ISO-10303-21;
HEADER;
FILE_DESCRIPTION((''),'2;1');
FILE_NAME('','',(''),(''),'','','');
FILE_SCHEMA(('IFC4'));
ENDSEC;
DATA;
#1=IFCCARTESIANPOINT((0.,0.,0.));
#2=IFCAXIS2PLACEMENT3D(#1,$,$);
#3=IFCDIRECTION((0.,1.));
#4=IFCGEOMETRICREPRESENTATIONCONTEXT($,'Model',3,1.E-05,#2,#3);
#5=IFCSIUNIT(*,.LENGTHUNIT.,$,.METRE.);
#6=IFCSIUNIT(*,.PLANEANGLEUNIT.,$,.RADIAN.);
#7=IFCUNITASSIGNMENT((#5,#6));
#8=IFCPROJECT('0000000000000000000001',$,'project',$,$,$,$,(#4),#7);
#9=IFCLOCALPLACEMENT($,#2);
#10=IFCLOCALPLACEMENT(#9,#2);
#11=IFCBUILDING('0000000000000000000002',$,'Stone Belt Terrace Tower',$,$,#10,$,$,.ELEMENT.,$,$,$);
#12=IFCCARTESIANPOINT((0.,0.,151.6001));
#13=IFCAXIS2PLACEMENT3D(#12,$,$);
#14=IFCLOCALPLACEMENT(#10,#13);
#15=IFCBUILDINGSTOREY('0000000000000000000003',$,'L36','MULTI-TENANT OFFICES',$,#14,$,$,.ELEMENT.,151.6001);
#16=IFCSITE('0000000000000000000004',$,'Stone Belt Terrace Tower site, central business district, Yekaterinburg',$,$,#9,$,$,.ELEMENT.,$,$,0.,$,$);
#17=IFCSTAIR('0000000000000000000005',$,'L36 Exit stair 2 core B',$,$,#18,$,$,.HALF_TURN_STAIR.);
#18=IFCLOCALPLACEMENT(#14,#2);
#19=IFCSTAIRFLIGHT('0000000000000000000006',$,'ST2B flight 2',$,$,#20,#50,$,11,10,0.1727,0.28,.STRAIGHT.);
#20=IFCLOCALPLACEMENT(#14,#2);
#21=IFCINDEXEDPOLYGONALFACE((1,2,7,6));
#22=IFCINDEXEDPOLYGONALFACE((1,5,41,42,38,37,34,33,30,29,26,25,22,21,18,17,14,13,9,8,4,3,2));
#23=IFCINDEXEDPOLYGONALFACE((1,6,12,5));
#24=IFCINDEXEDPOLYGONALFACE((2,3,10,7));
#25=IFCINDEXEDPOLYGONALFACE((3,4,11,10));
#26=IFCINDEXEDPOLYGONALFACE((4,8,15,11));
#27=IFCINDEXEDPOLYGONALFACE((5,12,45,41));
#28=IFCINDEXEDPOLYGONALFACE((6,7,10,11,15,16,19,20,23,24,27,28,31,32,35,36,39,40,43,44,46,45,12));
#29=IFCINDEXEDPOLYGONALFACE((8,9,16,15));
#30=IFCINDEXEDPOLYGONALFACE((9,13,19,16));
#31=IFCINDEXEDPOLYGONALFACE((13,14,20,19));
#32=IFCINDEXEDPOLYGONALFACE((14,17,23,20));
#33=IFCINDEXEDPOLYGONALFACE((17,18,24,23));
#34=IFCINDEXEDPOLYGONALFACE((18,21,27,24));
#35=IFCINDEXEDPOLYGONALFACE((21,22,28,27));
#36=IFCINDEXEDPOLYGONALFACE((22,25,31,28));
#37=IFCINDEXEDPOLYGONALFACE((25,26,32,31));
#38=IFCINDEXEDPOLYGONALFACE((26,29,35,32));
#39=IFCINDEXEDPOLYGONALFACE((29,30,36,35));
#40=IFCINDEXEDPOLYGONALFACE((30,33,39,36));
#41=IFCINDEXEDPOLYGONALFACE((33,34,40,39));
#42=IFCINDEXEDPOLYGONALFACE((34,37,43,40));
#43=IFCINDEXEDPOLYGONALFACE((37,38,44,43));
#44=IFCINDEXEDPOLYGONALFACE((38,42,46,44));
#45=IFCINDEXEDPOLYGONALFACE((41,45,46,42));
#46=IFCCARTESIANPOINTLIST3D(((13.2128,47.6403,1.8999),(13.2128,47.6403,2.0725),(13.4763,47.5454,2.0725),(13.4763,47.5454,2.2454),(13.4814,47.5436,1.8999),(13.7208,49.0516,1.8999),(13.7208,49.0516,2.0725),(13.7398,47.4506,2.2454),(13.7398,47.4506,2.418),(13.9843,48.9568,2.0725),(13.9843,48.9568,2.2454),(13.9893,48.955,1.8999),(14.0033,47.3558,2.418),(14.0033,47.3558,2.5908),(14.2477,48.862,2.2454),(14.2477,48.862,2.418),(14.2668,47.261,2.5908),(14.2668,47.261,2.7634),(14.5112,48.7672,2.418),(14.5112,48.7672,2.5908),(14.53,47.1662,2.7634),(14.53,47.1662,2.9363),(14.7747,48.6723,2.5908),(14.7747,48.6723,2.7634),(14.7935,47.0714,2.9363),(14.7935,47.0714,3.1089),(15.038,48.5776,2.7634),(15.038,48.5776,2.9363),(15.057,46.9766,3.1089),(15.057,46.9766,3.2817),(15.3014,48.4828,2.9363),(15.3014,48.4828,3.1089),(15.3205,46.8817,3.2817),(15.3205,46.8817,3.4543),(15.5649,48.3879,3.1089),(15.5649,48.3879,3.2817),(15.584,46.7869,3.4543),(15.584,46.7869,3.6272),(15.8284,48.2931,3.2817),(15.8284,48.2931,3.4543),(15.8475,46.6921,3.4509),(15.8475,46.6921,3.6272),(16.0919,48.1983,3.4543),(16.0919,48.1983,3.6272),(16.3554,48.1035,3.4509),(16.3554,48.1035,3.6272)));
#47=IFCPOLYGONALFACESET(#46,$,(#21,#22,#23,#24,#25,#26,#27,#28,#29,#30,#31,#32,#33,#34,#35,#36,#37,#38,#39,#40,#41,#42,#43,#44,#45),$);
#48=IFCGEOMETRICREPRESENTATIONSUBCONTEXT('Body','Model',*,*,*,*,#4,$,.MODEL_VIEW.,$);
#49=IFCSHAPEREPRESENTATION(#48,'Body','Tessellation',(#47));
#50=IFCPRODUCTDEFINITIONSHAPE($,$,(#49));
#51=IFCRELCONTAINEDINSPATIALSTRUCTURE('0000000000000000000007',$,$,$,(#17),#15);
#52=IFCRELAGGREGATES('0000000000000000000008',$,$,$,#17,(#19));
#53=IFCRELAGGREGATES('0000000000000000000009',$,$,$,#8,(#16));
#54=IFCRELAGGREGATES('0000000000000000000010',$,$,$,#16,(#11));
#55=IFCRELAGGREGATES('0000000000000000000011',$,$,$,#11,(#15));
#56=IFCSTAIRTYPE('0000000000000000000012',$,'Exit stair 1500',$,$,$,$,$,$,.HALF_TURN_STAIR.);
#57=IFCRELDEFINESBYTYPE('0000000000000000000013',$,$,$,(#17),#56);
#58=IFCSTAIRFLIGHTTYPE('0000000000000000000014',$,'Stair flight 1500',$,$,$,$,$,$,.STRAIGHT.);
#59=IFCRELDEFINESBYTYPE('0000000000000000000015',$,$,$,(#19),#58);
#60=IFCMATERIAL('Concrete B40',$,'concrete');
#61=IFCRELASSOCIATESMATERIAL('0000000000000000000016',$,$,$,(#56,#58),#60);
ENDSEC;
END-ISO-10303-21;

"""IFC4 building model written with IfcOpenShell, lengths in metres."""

from ifc_helpers import new_model, si_unit, direction, frame, origin, place, context, subcontext, project, spatial, polyline, outline, extrude, material, type_object, element, aggregate, save


model = new_model("IFC4")

# Units and contexts
model_context = context("Model", 3, precision=1e-05, world=origin(), true_north=direction((0.0, 1.0)))
body_context = subcontext(model_context, "Body", "Model", "MODEL_VIEW")
ifc_project = project(units=[si_unit("LENGTHUNIT", "METRE"), si_unit("PLANEANGLEUNIT", "RADIAN")], contexts=[model_context])

# Site, building, storey
site_placement = place(None, origin())
site = spatial("IfcSite", under=ifc_project, at=site_placement, Name="Stone Belt Terrace Tower site, central business district, Yekaterinburg", CompositionType="ELEMENT", RefElevation=0.0)
building_placement = place(site_placement, origin())
building = spatial("IfcBuilding", under=site, at=building_placement, Name="Stone Belt Terrace Tower", CompositionType="ELEMENT")
storey_placement = place(building_placement, frame((0.0, 0.0, 151.6001)))
storey = spatial("IfcBuildingStorey", under=building, at=storey_placement, Name="L36", Description="MULTI-TENANT OFFICES", CompositionType="ELEMENT", Elevation=151.6001)

# Stair, stair flight
ifc_material_1 = material(Name="Concrete B40", Category="concrete")
stair_type = type_object("IfcStairType", Name="Exit stair 1500", PredefinedType="HALF_TURN_STAIR", material=ifc_material_1)
stair_placement = place(storey_placement, origin())
stair = element("IfcStair", 1, at=stair_placement, inside=storey, type_object=stair_type, Name="L36 Exit stair 2 core B", PredefinedType="HALF_TURN_STAIR")
stair_flight_type = type_object("IfcStairFlightType", Name="Stair flight 1500", PredefinedType="STRAIGHT", material=ifc_material_1)
stair_flight_1_placement = place(storey_placement, frame((13.4668, 48.3459, 1.8999), z_axis=(0.0, 0.0, 1.0), x_axis=(0.940922, -0.338624, 0.0)))
stair_flight_1 = element("IfcStairFlight", 2, at=stair_flight_1_placement, type_object=stair_flight_type, Name="ST2B flight 2", NumberOfRisers=11, NumberOfTreads=10, PredefinedType="STRAIGHT", RiserHeight=0.1727, TreadLength=0.28, context=body_context, shape_type="SweptSolid", body=[
    extrude(outline(polyline([(0.0, 0.0), (0.0, 0.1726), (0.28, 0.1726), (0.28, 0.3455), (0.5601, 0.3455), (0.5601, 0.5181), (0.8401, 0.5181), (0.8401, 0.6909), (1.1201, 0.6909), (1.1201, 0.8635), (1.3999, 0.8635), (1.3999, 1.0364), (1.6799, 1.0364), (1.6799, 1.209), (1.96, 1.209), (1.96, 1.3818), (2.24, 1.3818), (2.24, 1.5544), (2.52, 1.5544), (2.52, 1.7273), (2.8, 1.7273), (2.8, 1.8999), (2.8, 1.551), (0.2854, 0.0), (0.0, 0.0)])), frame((0.0, 0.75, 0.0), z_axis=(0.0, -1.0, 0.0), x_axis=(1.0, 0.0, 0.0)), (0.0, 0.0, 1.0), 1.5),
])
aggregate(stair, [stair_flight_1])

save(model, "model.ifc")
